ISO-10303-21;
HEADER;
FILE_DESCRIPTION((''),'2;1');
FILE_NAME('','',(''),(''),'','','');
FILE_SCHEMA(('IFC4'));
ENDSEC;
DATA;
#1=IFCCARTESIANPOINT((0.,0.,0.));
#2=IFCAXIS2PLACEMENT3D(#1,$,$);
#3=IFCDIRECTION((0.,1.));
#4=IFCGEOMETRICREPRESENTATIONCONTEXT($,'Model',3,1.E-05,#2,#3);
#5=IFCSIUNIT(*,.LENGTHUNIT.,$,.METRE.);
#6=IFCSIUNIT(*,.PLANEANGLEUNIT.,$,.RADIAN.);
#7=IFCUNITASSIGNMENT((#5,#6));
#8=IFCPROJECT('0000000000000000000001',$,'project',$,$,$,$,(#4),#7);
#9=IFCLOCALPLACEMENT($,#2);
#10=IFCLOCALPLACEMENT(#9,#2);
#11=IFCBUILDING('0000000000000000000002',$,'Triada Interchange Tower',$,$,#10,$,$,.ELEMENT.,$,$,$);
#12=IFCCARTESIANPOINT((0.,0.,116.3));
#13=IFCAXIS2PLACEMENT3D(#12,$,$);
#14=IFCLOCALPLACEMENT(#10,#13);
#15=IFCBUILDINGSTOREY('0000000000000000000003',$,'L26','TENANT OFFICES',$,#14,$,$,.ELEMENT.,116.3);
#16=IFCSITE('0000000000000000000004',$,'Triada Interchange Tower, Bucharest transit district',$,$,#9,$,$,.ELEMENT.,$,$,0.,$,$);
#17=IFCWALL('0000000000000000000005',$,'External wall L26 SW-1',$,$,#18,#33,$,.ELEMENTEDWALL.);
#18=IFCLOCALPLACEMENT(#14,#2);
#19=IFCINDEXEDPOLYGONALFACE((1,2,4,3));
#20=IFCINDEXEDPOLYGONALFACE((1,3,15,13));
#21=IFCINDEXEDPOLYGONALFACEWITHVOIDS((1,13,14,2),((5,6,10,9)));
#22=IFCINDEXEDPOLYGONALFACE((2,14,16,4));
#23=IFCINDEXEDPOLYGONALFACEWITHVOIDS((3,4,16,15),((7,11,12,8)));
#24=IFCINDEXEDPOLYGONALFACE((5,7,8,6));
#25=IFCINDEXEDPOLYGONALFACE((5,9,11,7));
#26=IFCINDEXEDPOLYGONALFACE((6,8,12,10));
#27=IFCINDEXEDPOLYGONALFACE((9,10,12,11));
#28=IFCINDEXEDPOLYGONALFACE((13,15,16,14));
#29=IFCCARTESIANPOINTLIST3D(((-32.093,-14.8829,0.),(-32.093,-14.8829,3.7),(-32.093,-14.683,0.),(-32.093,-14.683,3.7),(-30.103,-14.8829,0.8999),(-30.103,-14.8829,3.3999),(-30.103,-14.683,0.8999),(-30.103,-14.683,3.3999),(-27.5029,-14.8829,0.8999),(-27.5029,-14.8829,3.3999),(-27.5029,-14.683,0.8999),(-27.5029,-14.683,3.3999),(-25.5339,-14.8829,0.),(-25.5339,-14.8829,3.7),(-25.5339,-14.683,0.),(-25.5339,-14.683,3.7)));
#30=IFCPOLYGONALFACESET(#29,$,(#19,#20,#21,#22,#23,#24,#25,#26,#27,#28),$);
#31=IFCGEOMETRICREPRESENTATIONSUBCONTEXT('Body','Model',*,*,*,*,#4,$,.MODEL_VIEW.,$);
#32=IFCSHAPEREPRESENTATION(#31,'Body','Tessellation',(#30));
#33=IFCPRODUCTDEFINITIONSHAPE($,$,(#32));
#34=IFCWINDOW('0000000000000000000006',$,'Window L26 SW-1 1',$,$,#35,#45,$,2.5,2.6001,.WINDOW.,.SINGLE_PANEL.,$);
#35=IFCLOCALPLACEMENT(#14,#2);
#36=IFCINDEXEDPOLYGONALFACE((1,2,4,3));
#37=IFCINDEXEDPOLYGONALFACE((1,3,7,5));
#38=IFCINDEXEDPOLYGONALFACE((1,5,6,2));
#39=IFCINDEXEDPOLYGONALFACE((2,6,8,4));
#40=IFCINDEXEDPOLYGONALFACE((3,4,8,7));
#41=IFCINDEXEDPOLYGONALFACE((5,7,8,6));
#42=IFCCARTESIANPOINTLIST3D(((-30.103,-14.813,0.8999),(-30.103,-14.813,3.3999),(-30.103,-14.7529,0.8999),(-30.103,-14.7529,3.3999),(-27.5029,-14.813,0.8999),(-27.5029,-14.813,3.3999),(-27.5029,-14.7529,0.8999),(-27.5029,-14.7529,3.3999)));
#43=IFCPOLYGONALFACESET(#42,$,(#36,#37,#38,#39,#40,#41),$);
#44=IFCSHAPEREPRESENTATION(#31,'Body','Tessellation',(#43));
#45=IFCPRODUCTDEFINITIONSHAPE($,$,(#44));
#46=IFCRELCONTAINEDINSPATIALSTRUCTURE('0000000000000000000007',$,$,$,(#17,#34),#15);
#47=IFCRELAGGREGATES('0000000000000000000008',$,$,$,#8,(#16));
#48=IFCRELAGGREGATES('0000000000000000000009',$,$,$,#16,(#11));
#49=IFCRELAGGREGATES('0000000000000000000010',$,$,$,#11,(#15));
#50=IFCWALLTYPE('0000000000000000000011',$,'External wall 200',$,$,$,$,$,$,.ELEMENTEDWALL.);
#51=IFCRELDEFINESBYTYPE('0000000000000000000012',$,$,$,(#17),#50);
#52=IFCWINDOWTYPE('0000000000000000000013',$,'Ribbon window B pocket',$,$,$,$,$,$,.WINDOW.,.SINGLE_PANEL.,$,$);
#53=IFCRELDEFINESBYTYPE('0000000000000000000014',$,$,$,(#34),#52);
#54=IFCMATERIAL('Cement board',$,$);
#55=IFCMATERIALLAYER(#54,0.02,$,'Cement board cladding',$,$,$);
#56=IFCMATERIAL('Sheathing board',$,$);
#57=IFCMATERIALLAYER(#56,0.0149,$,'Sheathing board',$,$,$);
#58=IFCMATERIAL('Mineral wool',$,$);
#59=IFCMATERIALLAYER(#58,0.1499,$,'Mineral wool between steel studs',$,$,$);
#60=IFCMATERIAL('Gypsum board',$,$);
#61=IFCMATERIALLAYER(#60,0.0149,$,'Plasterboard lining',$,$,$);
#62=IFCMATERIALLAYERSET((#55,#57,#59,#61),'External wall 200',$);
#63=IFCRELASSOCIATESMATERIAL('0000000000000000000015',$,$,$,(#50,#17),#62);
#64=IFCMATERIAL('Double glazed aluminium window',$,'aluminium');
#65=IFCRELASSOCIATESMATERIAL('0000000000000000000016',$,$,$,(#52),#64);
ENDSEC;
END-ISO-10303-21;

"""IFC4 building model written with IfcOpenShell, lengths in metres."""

from ifc_helpers import new_model, si_unit, direction, frame, frame_2d, origin, place, context, subcontext, project, spatial, rectangle, extrude, material, layer, layer_set, layer_usage, type_object, element, fill, save


model = new_model("IFC4")

# Units and contexts
model_context = context("Model", 3, precision=1e-05, world=origin(), true_north=direction((0.0, 1.0)))
body_context = subcontext(model_context, "Body", "Model", "MODEL_VIEW")
ifc_project = project(units=[si_unit("LENGTHUNIT", "METRE"), si_unit("PLANEANGLEUNIT", "RADIAN")], contexts=[model_context])

# Site, building, storey
site_placement = place(None, origin())
site = spatial("IfcSite", under=ifc_project, at=site_placement, Name="Triada Interchange Tower, Bucharest transit district", CompositionType="ELEMENT", RefElevation=0.0)
building_placement = place(site_placement, origin())
building = spatial("IfcBuilding", under=site, at=building_placement, Name="Triada Interchange Tower", CompositionType="ELEMENT")
storey_placement = place(building_placement, frame((0.0, 0.0, 116.3)))
storey = spatial("IfcBuildingStorey", under=building, at=storey_placement, Name="L26", Description="TENANT OFFICES", CompositionType="ELEMENT", Elevation=116.3)

# Wall, opening, window
ifc_material_1 = material(Name="Cement board")
ifc_layer_1 = layer(ifc_material_1, 0.02, Name="Cement board cladding")
ifc_material_2 = material(Name="Sheathing board")
ifc_layer_2 = layer(ifc_material_2, 0.0149, Name="Sheathing board")
ifc_material_3 = material(Name="Mineral wool")
ifc_layer_3 = layer(ifc_material_3, 0.1499, Name="Mineral wool between steel studs")
ifc_material_4 = material(Name="Gypsum board")
ifc_layer_4 = layer(ifc_material_4, 0.0149, Name="Plasterboard lining")
ifc_layer_set_1 = layer_set([ifc_layer_1, ifc_layer_2, ifc_layer_3, ifc_layer_4], Name="External wall 200")
ifc_layer_usage = layer_usage(ifc_layer_set_1, "AXIS2", "POSITIVE", -0.1001)
wall_type = type_object("IfcWallType", Name="External wall 200", PredefinedType="ELEMENTEDWALL", material=ifc_layer_set_1)
wall_1_placement = place(storey_placement, frame((-32.093, -14.783, 0.0), z_axis=(0.0, 0.0, 1.0), x_axis=(1.0, 0.0, 0.0)))
wall_1 = element("IfcWall", 1, at=wall_1_placement, inside=storey, type_object=wall_type, material=ifc_layer_usage, Name="External wall L26 SW-1", PredefinedType="ELEMENTEDWALL", context=body_context, shape_type="SweptSolid", body=[
    extrude(rectangle(XDim=6.5591, YDim=0.2, at=frame_2d((3.2795, 0.0))), origin(), (0.0, 0.0, 1.0), 3.7),
])
opening_1_placement = place(wall_1_placement, frame((1.99, 0.0, 0.8999)))
opening_1 = element("IfcOpeningElement", 2, at=opening_1_placement, cuts=wall_1, PredefinedType="OPENING", context=body_context, shape_type="SweptSolid", body=[
    extrude(rectangle(XDim=2.6001, YDim=2.5, at=frame_2d((1.3, 1.25))), frame((0.0, 0.1099, 0.0), z_axis=(0.0, -1.0, 0.0), x_axis=(1.0, 0.0, 0.0)), (0.0, 0.0, 1.0), 0.22),
])
ifc_material_5 = material(Name="Double glazed aluminium window", Category="aluminium")
window_type_1 = type_object("IfcWindowType", Name="Ribbon window B pocket", PartitioningType="SINGLE_PANEL", PredefinedType="WINDOW", material=ifc_material_5)
window_1_placement = place(opening_1_placement, origin())
window_1 = element("IfcWindow", 3, at=window_1_placement, inside=storey, type_object=window_type_1, Name="Window L26 SW-1 1", OverallHeight=2.5, OverallWidth=2.6001, PartitioningType="SINGLE_PANEL", PredefinedType="WINDOW", context=body_context, shape_type="SweptSolid", body=[
    extrude(rectangle(XDim=2.6001, YDim=2.5, at=frame_2d((1.3, 1.25))), frame((0.0, 0.03, 0.0), z_axis=(0.0, -1.0, 0.0), x_axis=(1.0, 0.0, 0.0)), (0.0, 0.0, 1.0), 0.0601),
])
fill(opening_1, window_1)

save(model, "model.ifc")
